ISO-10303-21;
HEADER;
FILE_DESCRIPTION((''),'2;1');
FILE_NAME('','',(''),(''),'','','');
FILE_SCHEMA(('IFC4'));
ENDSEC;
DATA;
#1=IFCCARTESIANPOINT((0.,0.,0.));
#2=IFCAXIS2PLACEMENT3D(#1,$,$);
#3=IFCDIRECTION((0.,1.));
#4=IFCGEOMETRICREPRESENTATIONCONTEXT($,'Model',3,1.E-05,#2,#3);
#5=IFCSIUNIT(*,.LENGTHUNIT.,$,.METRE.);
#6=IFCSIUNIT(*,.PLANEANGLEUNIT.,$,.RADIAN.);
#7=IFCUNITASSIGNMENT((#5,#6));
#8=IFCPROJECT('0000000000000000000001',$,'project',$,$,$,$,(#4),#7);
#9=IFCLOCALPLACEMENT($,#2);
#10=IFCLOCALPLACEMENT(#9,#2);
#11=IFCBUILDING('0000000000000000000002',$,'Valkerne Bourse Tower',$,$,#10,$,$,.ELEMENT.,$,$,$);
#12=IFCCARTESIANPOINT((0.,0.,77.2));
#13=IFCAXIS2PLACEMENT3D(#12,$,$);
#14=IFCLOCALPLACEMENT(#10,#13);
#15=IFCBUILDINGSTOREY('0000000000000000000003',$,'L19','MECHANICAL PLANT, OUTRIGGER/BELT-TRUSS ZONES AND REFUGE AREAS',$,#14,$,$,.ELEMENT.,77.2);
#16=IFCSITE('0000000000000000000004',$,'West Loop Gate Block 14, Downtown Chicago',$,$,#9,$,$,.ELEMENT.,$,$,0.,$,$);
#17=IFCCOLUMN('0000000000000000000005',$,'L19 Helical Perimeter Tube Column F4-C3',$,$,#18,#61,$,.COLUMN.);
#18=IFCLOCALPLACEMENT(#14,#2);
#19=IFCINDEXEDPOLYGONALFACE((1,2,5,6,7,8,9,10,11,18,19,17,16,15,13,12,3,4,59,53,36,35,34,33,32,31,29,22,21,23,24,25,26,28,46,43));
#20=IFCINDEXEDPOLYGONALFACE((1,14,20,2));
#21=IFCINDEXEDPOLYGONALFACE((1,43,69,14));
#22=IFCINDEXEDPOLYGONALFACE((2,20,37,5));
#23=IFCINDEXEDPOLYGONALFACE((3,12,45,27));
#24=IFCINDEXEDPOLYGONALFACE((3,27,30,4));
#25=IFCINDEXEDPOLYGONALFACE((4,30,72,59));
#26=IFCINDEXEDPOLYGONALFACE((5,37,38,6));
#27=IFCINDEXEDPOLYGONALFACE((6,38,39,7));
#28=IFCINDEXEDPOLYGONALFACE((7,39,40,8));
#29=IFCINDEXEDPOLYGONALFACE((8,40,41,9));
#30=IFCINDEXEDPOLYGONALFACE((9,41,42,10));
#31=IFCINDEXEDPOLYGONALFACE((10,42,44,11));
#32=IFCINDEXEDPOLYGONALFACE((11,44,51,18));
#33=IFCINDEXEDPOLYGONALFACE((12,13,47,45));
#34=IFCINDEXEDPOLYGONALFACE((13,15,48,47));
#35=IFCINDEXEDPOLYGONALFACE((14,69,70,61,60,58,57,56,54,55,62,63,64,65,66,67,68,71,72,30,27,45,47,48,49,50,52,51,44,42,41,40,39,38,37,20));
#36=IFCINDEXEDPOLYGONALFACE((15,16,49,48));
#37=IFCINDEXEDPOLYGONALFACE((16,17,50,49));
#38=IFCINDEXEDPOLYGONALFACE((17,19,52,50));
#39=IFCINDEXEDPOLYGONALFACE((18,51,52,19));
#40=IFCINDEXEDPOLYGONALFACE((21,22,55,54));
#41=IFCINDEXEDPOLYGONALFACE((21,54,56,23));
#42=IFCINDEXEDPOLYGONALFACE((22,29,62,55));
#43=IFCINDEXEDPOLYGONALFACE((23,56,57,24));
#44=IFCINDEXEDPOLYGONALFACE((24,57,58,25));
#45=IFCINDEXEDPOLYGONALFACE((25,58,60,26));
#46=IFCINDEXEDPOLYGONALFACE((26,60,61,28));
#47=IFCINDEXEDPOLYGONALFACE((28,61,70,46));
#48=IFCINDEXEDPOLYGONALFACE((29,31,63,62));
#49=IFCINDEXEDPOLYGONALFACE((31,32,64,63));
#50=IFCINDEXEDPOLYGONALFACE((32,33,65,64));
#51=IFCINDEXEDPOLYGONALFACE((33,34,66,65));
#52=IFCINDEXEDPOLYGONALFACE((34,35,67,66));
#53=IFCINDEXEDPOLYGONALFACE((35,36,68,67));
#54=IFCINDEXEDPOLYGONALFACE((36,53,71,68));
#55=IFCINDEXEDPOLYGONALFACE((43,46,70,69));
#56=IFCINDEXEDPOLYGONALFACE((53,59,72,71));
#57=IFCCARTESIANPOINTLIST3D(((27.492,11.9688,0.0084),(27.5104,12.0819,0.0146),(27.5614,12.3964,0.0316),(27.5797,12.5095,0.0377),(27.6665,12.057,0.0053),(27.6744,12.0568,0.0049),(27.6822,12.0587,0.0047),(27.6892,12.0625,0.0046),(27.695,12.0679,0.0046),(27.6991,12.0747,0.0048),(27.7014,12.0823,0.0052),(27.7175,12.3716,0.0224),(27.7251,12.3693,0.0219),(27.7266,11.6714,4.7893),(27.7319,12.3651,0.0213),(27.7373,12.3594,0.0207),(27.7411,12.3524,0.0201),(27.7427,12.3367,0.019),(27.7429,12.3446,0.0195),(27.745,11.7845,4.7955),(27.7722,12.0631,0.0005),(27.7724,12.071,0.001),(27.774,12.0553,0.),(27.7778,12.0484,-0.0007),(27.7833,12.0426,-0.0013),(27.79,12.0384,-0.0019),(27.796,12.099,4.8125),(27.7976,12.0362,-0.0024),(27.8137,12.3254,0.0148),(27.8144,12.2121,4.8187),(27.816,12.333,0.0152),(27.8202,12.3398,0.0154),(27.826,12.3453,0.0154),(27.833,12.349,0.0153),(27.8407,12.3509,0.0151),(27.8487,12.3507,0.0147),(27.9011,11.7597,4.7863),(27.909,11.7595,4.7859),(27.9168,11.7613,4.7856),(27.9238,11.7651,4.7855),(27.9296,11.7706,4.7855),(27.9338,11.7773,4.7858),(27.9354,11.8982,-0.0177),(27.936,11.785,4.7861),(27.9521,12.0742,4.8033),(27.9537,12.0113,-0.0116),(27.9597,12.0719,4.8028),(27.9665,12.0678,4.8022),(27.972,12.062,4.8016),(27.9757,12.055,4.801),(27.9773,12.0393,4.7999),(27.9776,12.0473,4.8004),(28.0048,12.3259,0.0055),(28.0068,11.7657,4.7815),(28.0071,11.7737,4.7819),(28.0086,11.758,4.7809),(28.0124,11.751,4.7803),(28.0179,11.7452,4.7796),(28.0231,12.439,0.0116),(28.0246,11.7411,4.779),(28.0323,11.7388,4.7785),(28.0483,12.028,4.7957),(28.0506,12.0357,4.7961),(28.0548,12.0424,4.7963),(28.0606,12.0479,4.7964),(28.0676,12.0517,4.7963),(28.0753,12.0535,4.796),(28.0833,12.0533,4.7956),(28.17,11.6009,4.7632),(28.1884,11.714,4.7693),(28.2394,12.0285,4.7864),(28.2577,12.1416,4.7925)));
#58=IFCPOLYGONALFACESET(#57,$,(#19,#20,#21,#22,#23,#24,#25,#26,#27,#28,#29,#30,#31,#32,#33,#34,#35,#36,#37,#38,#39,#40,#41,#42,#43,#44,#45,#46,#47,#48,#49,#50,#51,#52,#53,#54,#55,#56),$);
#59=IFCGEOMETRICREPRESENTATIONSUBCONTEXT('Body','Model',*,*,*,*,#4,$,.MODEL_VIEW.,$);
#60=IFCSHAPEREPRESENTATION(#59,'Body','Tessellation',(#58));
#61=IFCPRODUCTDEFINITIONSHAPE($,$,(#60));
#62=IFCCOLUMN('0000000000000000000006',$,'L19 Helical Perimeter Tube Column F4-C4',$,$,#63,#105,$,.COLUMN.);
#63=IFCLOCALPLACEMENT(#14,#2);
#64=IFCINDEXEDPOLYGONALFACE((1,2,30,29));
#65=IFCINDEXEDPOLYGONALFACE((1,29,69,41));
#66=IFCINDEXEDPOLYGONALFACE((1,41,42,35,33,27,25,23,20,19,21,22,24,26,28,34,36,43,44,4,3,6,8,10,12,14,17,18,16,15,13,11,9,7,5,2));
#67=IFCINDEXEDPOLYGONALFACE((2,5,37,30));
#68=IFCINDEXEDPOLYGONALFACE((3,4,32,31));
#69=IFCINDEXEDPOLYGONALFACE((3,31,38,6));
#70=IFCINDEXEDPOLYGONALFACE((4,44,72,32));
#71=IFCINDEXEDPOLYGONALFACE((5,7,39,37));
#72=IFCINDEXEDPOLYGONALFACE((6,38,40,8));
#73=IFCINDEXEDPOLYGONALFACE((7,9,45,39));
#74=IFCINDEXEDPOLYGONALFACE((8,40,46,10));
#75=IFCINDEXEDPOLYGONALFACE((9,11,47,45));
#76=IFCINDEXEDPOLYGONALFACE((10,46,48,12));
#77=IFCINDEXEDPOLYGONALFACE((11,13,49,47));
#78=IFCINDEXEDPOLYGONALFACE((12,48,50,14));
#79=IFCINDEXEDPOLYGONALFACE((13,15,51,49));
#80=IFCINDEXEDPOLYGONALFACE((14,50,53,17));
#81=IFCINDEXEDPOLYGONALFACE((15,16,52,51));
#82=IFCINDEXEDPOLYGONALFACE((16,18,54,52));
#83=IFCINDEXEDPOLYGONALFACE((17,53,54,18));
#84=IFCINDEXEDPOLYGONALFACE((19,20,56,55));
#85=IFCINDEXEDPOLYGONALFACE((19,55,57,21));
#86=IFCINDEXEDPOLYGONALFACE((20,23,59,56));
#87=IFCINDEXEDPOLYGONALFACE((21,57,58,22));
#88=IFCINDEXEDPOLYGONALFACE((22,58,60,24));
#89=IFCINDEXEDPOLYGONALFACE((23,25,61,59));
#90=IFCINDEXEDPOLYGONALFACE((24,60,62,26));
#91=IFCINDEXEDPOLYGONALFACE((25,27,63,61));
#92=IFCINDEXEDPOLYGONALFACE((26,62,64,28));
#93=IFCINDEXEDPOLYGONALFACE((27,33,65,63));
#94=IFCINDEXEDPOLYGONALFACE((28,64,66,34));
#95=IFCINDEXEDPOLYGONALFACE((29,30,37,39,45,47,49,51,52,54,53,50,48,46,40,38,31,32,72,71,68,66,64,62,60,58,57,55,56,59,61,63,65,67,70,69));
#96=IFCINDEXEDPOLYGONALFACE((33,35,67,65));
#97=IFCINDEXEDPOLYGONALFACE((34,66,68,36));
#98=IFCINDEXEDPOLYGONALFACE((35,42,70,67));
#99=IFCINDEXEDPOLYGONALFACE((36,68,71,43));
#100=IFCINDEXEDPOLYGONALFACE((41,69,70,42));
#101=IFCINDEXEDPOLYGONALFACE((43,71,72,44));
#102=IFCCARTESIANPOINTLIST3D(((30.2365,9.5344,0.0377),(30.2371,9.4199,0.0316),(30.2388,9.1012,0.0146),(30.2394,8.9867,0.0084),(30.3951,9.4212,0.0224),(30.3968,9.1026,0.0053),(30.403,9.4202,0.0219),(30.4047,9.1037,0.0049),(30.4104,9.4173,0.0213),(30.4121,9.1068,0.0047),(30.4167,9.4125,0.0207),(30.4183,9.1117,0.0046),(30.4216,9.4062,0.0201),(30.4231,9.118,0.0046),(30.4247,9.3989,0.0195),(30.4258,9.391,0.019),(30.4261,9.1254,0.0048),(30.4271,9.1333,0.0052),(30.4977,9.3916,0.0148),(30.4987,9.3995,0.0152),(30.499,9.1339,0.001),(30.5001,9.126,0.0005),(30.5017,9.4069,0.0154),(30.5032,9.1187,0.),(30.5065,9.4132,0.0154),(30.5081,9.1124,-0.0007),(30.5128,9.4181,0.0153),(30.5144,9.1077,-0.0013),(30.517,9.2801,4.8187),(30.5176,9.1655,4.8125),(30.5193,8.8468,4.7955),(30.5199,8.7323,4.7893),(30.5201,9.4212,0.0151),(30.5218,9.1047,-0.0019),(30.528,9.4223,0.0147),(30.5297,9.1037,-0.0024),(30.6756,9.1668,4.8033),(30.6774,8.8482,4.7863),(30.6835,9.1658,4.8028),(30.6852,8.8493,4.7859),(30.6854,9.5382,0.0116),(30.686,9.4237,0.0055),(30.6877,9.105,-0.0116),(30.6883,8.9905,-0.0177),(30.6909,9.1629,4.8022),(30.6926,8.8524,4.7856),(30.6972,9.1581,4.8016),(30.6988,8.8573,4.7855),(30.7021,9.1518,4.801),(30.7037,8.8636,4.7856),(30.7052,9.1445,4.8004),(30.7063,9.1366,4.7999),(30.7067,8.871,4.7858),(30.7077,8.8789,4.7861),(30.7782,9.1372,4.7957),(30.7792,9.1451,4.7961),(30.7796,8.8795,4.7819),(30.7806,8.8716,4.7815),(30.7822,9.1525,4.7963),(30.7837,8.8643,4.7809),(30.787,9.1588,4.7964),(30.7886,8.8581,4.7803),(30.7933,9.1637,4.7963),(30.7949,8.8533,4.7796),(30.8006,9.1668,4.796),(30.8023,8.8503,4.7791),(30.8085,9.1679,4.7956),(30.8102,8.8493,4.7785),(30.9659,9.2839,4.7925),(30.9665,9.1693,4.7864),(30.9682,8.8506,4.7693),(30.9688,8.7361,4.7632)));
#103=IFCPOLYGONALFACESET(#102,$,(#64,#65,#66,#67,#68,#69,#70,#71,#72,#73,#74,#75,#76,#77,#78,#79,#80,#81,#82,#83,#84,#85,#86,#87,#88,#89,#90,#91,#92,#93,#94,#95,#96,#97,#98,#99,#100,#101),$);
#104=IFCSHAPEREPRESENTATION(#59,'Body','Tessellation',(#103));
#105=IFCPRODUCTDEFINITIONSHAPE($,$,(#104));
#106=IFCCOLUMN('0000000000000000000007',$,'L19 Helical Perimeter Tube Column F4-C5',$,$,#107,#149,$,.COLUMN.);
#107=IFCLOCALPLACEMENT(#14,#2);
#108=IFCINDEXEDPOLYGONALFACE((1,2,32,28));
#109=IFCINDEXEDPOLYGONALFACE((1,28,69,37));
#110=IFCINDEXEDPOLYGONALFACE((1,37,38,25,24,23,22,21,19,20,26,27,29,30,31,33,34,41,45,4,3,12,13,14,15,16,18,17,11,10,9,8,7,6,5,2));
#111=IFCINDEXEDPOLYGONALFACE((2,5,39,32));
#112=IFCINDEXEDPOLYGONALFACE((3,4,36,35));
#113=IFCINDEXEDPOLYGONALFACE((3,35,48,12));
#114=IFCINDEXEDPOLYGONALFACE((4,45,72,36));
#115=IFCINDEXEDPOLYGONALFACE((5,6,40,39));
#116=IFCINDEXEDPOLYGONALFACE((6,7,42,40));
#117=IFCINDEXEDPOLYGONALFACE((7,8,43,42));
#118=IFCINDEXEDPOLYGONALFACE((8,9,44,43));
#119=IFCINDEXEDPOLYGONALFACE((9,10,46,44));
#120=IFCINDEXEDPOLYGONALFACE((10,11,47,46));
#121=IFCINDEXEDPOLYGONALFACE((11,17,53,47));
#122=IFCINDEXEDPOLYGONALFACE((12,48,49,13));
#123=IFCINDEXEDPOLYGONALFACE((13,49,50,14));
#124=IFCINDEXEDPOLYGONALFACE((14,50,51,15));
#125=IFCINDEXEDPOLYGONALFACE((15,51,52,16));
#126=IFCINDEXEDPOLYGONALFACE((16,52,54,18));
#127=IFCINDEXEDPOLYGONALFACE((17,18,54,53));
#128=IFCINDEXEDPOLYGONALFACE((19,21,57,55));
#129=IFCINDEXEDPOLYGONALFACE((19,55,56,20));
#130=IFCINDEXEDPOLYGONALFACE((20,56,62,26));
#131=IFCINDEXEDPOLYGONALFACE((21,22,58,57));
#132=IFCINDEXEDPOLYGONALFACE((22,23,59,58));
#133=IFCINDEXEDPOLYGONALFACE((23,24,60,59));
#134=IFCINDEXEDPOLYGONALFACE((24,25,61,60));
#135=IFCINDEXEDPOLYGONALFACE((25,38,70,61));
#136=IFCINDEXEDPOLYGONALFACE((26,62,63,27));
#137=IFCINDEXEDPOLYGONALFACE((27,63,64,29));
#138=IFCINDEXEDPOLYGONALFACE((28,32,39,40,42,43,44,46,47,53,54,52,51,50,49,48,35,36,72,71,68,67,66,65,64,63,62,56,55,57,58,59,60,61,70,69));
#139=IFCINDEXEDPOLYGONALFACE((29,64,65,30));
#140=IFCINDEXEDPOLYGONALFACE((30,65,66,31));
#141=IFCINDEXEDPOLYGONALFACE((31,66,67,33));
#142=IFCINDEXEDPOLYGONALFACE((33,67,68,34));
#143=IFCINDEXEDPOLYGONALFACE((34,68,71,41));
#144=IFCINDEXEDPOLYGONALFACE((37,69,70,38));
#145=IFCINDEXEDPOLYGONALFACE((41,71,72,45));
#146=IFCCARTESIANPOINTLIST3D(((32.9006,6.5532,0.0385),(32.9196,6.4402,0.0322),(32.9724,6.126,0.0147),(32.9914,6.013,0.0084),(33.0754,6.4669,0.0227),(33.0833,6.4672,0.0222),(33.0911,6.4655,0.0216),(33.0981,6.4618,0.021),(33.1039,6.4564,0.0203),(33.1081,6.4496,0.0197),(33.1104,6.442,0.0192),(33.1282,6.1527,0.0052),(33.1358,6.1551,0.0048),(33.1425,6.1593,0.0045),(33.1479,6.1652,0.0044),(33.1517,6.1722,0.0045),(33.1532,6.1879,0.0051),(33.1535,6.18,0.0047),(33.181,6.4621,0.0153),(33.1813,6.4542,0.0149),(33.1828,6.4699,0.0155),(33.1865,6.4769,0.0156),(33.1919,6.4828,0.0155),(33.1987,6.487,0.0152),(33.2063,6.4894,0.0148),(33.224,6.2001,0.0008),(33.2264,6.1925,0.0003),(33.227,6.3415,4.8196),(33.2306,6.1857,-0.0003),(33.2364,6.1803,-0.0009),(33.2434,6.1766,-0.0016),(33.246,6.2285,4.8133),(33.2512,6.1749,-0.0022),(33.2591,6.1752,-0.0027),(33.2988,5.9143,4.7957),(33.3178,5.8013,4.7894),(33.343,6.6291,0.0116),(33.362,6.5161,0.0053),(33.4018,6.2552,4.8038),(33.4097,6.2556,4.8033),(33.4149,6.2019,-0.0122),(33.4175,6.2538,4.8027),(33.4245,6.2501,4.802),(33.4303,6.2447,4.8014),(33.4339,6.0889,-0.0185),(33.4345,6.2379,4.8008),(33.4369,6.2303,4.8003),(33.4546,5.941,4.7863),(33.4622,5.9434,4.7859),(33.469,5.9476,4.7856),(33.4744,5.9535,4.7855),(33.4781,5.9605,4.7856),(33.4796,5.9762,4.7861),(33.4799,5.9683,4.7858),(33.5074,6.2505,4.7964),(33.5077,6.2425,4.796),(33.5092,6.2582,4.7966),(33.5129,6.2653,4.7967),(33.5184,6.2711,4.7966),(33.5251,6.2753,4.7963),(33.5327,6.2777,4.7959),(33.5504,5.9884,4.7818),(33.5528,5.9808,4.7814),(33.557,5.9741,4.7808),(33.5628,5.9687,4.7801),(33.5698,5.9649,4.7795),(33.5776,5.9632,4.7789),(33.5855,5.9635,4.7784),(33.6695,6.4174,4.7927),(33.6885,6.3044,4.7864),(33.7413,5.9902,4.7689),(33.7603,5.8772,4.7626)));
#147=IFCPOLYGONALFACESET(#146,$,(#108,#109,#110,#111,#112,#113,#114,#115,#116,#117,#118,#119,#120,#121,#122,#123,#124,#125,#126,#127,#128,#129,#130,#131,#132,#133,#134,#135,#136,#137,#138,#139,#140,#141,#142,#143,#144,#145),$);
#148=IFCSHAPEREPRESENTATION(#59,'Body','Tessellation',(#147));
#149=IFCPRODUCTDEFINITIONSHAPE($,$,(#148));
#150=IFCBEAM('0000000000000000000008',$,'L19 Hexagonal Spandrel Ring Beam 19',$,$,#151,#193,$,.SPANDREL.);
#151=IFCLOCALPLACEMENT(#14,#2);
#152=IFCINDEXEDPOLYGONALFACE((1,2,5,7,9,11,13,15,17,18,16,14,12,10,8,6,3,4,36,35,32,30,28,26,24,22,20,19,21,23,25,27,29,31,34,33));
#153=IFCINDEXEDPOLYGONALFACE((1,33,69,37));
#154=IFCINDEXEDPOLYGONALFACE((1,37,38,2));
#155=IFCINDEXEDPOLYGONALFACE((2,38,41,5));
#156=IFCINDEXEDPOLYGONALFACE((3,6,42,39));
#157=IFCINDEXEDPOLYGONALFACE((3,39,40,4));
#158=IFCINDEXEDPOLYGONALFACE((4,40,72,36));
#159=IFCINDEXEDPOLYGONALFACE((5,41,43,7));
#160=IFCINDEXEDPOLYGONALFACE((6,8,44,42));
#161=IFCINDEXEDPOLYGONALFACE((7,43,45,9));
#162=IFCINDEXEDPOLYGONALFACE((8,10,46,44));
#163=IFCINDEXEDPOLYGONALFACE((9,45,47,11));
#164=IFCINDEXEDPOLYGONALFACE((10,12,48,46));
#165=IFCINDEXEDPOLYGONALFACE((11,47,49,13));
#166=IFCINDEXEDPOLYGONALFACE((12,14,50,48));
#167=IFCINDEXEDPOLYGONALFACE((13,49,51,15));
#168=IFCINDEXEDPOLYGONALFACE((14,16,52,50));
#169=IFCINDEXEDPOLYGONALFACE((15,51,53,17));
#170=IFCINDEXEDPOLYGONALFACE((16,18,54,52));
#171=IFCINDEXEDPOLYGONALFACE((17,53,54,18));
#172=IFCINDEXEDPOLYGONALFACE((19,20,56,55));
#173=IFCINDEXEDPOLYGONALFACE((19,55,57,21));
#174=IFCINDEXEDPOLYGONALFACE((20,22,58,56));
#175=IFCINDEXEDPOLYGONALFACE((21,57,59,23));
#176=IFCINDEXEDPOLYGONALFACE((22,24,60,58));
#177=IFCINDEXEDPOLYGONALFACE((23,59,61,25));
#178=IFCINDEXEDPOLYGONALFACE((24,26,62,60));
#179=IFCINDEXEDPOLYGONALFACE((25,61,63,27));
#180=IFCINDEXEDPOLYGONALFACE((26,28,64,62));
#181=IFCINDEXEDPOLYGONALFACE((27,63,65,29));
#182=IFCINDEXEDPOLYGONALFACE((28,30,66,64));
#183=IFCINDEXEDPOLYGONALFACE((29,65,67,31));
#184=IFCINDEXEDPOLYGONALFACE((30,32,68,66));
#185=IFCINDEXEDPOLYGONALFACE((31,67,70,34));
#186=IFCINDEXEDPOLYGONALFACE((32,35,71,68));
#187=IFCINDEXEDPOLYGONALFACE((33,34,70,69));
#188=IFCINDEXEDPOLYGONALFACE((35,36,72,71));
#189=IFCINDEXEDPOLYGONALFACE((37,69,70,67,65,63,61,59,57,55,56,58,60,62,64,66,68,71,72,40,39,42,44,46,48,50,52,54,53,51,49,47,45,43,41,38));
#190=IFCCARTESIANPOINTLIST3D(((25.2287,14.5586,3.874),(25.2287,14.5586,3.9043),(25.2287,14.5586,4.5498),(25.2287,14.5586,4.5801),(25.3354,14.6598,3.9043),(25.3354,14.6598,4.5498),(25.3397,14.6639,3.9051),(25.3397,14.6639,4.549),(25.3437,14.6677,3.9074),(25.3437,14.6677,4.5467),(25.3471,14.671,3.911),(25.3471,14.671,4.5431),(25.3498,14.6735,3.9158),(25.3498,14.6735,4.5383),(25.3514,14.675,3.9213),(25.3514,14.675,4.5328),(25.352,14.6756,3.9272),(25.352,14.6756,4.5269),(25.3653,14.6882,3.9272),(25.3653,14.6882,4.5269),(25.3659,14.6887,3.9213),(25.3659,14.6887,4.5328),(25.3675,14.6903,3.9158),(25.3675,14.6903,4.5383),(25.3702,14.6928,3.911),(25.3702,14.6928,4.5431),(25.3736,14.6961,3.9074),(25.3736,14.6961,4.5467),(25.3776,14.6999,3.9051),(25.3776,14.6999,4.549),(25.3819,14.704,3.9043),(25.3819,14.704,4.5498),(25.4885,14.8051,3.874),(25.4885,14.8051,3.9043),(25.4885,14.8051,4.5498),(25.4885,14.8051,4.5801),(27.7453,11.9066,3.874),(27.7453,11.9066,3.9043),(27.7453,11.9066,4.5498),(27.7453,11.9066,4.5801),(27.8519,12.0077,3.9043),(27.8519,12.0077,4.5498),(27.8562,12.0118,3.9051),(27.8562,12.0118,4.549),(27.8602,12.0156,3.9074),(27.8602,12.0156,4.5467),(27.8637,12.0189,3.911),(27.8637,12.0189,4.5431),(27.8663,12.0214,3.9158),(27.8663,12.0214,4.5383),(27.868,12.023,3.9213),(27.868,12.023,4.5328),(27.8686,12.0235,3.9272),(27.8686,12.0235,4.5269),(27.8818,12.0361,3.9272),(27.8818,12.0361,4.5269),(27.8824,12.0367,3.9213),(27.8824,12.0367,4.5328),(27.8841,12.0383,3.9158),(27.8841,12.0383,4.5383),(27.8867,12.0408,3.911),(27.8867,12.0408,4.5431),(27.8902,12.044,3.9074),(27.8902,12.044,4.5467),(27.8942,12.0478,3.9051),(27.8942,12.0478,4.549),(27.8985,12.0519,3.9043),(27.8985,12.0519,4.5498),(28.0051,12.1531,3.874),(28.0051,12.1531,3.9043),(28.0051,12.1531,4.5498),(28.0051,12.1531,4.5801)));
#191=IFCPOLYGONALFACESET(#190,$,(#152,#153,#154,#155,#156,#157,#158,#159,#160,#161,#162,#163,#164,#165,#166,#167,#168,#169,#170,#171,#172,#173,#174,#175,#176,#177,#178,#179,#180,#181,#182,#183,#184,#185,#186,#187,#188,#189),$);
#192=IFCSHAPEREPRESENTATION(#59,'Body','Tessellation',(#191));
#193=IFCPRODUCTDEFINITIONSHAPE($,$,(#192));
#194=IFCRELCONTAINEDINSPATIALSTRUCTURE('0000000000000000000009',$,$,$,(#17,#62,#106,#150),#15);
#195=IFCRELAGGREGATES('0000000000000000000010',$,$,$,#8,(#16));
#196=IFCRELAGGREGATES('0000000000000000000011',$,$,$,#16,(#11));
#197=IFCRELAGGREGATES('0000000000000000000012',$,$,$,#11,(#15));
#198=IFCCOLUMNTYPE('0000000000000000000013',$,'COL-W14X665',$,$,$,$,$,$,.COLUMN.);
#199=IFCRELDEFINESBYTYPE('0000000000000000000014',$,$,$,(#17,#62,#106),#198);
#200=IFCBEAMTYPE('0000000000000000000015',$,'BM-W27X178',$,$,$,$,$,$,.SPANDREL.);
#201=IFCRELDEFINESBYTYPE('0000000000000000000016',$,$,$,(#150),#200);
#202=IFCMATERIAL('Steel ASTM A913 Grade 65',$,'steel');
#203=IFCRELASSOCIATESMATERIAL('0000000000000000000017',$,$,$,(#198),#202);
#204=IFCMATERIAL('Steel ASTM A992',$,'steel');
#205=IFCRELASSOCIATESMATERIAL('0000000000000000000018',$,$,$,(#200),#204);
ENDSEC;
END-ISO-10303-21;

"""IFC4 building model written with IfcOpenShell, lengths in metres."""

from ifc_helpers import new_model, si_unit, direction, frame, origin, origin_2d, place, context, subcontext, project, spatial, i_section, extrude, material, material_profile, profile_set, type_object, element, save


model = new_model("IFC4")

# Units and contexts
model_context = context("Model", 3, precision=1e-05, world=origin(), true_north=direction((0.0, 1.0)))
body_context = subcontext(model_context, "Body", "Model", "MODEL_VIEW")
ifc_project = project(units=[si_unit("LENGTHUNIT", "METRE"), si_unit("PLANEANGLEUNIT", "RADIAN")], contexts=[model_context])

# Site, building, storey
site_placement = place(None, origin())
site = spatial("IfcSite", under=ifc_project, at=site_placement, Name="West Loop Gate Block 14, Downtown Chicago", CompositionType="ELEMENT", RefElevation=0.0)
building_placement = place(site_placement, origin())
building = spatial("IfcBuilding", under=site, at=building_placement, Name="Valkerne Bourse Tower", CompositionType="ELEMENT")
storey_placement = place(building_placement, frame((0.0, 0.0, 77.2)))
storey = spatial("IfcBuildingStorey", under=building, at=storey_placement, Name="L19", Description="MECHANICAL PLANT, OUTRIGGER/BELT-TRUSS ZONES AND REFUGE AREAS", CompositionType="ELEMENT", Elevation=77.2)

# Columns
ifc_material_1 = material(Name="Steel ASTM A913 Grade 65", Category="steel")
ifc_material_profile_1 = material_profile(ifc_material_1, i_section(OverallWidth=0.4497, OverallDepth=0.5486, WebThickness=0.072, FlangeThickness=0.1147, FilletRadius=0.0305, at=origin_2d()), Name="W14X665")
ifc_profile_set_1 = profile_set([ifc_material_profile_1], Name="Steel ASTM A913 Grade 65")
column_type = type_object("IfcColumnType", Name="COL-W14X665", PredefinedType="COLUMN", material=ifc_profile_set_1)
for number, where, z_axis, x_axis, name in (
    (1, (27.7576, 12.2039, 0.01), (0.04892, -0.062003, 0.996876), (0.985916, -0.156812, -0.058135), "L19 Helical Perimeter Tube Column F4-C3"),
    (2, (30.4624, 9.2625, 0.01), (0.05849, -0.053043, 0.996878), (0.998274, 0.008453, -0.058122), "L19 Helical Perimeter Tube Column F4-C4"),
):
    element("IfcColumn", number, at=place(storey_placement, frame(where, z_axis=z_axis, x_axis=x_axis)), inside=storey, type_object=column_type, Name=name, PredefinedType="COLUMN", context=body_context, shape_type="SweptSolid", body=[
        extrude(i_section(OverallWidth=0.4497, OverallDepth=0.5486, WebThickness=0.072, FlangeThickness=0.1147, FilletRadius=0.0305, at=origin_2d()), origin(), (0.0, 0.0, 1.0), 4.7959),
    ])
column_placement = place(storey_placement, frame((33.1672, 6.321, 0.01), z_axis=(0.068049, -0.044127, 0.996706), x_axis=(0.983851, 0.168741, -0.0597)))
element("IfcColumn", 3, at=column_placement, inside=storey, type_object=column_type, Name="L19 Helical Perimeter Tube Column F4-C5", PredefinedType="COLUMN", context=body_context, shape_type="SweptSolid", body=[
    extrude(i_section(OverallWidth=0.4497, OverallDepth=0.5486, WebThickness=0.072, FlangeThickness=0.1147, FilletRadius=0.0305, at=origin_2d()), origin(), (0.0, 0.0, 1.0), 4.7969),
])

# Beam
ifc_material_2 = material(Name="Steel ASTM A992", Category="steel")
ifc_material_profile_2 = material_profile(ifc_material_2, i_section(OverallWidth=0.3582, OverallDepth=0.7061, WebThickness=0.0183, FlangeThickness=0.0303, FilletRadius=0.0229, at=origin_2d()), Name="W27X178")
ifc_profile_set_2 = profile_set([ifc_material_profile_2], Name="Steel ASTM A992")
beam_type_1 = type_object("IfcBeamType", Name="BM-W27X178", PredefinedType="SPANDREL", material=ifc_profile_set_2)
for number, where, z_axis, x_axis, name in (
    (4, (25.3586, 14.6819, 4.2271), (0.688333, -0.725394, 0.0), (0.725394, 0.688333, 0.0), "L19 Hexagonal Spandrel Ring Beam 19"),
):
    element("IfcBeam", number, at=place(storey_placement, frame(where, z_axis=z_axis, x_axis=x_axis)), inside=storey, type_object=beam_type_1, Name=name, PredefinedType="SPANDREL", context=body_context, shape_type="SweptSolid", body=[
        extrude(i_section(OverallWidth=0.3582, OverallDepth=0.7061, WebThickness=0.0183, FlangeThickness=0.0303, FilletRadius=0.0229, at=origin_2d()), origin(), (0.0, 0.0, 1.0), 3.656),
    ])

save(model, "model.ifc")
